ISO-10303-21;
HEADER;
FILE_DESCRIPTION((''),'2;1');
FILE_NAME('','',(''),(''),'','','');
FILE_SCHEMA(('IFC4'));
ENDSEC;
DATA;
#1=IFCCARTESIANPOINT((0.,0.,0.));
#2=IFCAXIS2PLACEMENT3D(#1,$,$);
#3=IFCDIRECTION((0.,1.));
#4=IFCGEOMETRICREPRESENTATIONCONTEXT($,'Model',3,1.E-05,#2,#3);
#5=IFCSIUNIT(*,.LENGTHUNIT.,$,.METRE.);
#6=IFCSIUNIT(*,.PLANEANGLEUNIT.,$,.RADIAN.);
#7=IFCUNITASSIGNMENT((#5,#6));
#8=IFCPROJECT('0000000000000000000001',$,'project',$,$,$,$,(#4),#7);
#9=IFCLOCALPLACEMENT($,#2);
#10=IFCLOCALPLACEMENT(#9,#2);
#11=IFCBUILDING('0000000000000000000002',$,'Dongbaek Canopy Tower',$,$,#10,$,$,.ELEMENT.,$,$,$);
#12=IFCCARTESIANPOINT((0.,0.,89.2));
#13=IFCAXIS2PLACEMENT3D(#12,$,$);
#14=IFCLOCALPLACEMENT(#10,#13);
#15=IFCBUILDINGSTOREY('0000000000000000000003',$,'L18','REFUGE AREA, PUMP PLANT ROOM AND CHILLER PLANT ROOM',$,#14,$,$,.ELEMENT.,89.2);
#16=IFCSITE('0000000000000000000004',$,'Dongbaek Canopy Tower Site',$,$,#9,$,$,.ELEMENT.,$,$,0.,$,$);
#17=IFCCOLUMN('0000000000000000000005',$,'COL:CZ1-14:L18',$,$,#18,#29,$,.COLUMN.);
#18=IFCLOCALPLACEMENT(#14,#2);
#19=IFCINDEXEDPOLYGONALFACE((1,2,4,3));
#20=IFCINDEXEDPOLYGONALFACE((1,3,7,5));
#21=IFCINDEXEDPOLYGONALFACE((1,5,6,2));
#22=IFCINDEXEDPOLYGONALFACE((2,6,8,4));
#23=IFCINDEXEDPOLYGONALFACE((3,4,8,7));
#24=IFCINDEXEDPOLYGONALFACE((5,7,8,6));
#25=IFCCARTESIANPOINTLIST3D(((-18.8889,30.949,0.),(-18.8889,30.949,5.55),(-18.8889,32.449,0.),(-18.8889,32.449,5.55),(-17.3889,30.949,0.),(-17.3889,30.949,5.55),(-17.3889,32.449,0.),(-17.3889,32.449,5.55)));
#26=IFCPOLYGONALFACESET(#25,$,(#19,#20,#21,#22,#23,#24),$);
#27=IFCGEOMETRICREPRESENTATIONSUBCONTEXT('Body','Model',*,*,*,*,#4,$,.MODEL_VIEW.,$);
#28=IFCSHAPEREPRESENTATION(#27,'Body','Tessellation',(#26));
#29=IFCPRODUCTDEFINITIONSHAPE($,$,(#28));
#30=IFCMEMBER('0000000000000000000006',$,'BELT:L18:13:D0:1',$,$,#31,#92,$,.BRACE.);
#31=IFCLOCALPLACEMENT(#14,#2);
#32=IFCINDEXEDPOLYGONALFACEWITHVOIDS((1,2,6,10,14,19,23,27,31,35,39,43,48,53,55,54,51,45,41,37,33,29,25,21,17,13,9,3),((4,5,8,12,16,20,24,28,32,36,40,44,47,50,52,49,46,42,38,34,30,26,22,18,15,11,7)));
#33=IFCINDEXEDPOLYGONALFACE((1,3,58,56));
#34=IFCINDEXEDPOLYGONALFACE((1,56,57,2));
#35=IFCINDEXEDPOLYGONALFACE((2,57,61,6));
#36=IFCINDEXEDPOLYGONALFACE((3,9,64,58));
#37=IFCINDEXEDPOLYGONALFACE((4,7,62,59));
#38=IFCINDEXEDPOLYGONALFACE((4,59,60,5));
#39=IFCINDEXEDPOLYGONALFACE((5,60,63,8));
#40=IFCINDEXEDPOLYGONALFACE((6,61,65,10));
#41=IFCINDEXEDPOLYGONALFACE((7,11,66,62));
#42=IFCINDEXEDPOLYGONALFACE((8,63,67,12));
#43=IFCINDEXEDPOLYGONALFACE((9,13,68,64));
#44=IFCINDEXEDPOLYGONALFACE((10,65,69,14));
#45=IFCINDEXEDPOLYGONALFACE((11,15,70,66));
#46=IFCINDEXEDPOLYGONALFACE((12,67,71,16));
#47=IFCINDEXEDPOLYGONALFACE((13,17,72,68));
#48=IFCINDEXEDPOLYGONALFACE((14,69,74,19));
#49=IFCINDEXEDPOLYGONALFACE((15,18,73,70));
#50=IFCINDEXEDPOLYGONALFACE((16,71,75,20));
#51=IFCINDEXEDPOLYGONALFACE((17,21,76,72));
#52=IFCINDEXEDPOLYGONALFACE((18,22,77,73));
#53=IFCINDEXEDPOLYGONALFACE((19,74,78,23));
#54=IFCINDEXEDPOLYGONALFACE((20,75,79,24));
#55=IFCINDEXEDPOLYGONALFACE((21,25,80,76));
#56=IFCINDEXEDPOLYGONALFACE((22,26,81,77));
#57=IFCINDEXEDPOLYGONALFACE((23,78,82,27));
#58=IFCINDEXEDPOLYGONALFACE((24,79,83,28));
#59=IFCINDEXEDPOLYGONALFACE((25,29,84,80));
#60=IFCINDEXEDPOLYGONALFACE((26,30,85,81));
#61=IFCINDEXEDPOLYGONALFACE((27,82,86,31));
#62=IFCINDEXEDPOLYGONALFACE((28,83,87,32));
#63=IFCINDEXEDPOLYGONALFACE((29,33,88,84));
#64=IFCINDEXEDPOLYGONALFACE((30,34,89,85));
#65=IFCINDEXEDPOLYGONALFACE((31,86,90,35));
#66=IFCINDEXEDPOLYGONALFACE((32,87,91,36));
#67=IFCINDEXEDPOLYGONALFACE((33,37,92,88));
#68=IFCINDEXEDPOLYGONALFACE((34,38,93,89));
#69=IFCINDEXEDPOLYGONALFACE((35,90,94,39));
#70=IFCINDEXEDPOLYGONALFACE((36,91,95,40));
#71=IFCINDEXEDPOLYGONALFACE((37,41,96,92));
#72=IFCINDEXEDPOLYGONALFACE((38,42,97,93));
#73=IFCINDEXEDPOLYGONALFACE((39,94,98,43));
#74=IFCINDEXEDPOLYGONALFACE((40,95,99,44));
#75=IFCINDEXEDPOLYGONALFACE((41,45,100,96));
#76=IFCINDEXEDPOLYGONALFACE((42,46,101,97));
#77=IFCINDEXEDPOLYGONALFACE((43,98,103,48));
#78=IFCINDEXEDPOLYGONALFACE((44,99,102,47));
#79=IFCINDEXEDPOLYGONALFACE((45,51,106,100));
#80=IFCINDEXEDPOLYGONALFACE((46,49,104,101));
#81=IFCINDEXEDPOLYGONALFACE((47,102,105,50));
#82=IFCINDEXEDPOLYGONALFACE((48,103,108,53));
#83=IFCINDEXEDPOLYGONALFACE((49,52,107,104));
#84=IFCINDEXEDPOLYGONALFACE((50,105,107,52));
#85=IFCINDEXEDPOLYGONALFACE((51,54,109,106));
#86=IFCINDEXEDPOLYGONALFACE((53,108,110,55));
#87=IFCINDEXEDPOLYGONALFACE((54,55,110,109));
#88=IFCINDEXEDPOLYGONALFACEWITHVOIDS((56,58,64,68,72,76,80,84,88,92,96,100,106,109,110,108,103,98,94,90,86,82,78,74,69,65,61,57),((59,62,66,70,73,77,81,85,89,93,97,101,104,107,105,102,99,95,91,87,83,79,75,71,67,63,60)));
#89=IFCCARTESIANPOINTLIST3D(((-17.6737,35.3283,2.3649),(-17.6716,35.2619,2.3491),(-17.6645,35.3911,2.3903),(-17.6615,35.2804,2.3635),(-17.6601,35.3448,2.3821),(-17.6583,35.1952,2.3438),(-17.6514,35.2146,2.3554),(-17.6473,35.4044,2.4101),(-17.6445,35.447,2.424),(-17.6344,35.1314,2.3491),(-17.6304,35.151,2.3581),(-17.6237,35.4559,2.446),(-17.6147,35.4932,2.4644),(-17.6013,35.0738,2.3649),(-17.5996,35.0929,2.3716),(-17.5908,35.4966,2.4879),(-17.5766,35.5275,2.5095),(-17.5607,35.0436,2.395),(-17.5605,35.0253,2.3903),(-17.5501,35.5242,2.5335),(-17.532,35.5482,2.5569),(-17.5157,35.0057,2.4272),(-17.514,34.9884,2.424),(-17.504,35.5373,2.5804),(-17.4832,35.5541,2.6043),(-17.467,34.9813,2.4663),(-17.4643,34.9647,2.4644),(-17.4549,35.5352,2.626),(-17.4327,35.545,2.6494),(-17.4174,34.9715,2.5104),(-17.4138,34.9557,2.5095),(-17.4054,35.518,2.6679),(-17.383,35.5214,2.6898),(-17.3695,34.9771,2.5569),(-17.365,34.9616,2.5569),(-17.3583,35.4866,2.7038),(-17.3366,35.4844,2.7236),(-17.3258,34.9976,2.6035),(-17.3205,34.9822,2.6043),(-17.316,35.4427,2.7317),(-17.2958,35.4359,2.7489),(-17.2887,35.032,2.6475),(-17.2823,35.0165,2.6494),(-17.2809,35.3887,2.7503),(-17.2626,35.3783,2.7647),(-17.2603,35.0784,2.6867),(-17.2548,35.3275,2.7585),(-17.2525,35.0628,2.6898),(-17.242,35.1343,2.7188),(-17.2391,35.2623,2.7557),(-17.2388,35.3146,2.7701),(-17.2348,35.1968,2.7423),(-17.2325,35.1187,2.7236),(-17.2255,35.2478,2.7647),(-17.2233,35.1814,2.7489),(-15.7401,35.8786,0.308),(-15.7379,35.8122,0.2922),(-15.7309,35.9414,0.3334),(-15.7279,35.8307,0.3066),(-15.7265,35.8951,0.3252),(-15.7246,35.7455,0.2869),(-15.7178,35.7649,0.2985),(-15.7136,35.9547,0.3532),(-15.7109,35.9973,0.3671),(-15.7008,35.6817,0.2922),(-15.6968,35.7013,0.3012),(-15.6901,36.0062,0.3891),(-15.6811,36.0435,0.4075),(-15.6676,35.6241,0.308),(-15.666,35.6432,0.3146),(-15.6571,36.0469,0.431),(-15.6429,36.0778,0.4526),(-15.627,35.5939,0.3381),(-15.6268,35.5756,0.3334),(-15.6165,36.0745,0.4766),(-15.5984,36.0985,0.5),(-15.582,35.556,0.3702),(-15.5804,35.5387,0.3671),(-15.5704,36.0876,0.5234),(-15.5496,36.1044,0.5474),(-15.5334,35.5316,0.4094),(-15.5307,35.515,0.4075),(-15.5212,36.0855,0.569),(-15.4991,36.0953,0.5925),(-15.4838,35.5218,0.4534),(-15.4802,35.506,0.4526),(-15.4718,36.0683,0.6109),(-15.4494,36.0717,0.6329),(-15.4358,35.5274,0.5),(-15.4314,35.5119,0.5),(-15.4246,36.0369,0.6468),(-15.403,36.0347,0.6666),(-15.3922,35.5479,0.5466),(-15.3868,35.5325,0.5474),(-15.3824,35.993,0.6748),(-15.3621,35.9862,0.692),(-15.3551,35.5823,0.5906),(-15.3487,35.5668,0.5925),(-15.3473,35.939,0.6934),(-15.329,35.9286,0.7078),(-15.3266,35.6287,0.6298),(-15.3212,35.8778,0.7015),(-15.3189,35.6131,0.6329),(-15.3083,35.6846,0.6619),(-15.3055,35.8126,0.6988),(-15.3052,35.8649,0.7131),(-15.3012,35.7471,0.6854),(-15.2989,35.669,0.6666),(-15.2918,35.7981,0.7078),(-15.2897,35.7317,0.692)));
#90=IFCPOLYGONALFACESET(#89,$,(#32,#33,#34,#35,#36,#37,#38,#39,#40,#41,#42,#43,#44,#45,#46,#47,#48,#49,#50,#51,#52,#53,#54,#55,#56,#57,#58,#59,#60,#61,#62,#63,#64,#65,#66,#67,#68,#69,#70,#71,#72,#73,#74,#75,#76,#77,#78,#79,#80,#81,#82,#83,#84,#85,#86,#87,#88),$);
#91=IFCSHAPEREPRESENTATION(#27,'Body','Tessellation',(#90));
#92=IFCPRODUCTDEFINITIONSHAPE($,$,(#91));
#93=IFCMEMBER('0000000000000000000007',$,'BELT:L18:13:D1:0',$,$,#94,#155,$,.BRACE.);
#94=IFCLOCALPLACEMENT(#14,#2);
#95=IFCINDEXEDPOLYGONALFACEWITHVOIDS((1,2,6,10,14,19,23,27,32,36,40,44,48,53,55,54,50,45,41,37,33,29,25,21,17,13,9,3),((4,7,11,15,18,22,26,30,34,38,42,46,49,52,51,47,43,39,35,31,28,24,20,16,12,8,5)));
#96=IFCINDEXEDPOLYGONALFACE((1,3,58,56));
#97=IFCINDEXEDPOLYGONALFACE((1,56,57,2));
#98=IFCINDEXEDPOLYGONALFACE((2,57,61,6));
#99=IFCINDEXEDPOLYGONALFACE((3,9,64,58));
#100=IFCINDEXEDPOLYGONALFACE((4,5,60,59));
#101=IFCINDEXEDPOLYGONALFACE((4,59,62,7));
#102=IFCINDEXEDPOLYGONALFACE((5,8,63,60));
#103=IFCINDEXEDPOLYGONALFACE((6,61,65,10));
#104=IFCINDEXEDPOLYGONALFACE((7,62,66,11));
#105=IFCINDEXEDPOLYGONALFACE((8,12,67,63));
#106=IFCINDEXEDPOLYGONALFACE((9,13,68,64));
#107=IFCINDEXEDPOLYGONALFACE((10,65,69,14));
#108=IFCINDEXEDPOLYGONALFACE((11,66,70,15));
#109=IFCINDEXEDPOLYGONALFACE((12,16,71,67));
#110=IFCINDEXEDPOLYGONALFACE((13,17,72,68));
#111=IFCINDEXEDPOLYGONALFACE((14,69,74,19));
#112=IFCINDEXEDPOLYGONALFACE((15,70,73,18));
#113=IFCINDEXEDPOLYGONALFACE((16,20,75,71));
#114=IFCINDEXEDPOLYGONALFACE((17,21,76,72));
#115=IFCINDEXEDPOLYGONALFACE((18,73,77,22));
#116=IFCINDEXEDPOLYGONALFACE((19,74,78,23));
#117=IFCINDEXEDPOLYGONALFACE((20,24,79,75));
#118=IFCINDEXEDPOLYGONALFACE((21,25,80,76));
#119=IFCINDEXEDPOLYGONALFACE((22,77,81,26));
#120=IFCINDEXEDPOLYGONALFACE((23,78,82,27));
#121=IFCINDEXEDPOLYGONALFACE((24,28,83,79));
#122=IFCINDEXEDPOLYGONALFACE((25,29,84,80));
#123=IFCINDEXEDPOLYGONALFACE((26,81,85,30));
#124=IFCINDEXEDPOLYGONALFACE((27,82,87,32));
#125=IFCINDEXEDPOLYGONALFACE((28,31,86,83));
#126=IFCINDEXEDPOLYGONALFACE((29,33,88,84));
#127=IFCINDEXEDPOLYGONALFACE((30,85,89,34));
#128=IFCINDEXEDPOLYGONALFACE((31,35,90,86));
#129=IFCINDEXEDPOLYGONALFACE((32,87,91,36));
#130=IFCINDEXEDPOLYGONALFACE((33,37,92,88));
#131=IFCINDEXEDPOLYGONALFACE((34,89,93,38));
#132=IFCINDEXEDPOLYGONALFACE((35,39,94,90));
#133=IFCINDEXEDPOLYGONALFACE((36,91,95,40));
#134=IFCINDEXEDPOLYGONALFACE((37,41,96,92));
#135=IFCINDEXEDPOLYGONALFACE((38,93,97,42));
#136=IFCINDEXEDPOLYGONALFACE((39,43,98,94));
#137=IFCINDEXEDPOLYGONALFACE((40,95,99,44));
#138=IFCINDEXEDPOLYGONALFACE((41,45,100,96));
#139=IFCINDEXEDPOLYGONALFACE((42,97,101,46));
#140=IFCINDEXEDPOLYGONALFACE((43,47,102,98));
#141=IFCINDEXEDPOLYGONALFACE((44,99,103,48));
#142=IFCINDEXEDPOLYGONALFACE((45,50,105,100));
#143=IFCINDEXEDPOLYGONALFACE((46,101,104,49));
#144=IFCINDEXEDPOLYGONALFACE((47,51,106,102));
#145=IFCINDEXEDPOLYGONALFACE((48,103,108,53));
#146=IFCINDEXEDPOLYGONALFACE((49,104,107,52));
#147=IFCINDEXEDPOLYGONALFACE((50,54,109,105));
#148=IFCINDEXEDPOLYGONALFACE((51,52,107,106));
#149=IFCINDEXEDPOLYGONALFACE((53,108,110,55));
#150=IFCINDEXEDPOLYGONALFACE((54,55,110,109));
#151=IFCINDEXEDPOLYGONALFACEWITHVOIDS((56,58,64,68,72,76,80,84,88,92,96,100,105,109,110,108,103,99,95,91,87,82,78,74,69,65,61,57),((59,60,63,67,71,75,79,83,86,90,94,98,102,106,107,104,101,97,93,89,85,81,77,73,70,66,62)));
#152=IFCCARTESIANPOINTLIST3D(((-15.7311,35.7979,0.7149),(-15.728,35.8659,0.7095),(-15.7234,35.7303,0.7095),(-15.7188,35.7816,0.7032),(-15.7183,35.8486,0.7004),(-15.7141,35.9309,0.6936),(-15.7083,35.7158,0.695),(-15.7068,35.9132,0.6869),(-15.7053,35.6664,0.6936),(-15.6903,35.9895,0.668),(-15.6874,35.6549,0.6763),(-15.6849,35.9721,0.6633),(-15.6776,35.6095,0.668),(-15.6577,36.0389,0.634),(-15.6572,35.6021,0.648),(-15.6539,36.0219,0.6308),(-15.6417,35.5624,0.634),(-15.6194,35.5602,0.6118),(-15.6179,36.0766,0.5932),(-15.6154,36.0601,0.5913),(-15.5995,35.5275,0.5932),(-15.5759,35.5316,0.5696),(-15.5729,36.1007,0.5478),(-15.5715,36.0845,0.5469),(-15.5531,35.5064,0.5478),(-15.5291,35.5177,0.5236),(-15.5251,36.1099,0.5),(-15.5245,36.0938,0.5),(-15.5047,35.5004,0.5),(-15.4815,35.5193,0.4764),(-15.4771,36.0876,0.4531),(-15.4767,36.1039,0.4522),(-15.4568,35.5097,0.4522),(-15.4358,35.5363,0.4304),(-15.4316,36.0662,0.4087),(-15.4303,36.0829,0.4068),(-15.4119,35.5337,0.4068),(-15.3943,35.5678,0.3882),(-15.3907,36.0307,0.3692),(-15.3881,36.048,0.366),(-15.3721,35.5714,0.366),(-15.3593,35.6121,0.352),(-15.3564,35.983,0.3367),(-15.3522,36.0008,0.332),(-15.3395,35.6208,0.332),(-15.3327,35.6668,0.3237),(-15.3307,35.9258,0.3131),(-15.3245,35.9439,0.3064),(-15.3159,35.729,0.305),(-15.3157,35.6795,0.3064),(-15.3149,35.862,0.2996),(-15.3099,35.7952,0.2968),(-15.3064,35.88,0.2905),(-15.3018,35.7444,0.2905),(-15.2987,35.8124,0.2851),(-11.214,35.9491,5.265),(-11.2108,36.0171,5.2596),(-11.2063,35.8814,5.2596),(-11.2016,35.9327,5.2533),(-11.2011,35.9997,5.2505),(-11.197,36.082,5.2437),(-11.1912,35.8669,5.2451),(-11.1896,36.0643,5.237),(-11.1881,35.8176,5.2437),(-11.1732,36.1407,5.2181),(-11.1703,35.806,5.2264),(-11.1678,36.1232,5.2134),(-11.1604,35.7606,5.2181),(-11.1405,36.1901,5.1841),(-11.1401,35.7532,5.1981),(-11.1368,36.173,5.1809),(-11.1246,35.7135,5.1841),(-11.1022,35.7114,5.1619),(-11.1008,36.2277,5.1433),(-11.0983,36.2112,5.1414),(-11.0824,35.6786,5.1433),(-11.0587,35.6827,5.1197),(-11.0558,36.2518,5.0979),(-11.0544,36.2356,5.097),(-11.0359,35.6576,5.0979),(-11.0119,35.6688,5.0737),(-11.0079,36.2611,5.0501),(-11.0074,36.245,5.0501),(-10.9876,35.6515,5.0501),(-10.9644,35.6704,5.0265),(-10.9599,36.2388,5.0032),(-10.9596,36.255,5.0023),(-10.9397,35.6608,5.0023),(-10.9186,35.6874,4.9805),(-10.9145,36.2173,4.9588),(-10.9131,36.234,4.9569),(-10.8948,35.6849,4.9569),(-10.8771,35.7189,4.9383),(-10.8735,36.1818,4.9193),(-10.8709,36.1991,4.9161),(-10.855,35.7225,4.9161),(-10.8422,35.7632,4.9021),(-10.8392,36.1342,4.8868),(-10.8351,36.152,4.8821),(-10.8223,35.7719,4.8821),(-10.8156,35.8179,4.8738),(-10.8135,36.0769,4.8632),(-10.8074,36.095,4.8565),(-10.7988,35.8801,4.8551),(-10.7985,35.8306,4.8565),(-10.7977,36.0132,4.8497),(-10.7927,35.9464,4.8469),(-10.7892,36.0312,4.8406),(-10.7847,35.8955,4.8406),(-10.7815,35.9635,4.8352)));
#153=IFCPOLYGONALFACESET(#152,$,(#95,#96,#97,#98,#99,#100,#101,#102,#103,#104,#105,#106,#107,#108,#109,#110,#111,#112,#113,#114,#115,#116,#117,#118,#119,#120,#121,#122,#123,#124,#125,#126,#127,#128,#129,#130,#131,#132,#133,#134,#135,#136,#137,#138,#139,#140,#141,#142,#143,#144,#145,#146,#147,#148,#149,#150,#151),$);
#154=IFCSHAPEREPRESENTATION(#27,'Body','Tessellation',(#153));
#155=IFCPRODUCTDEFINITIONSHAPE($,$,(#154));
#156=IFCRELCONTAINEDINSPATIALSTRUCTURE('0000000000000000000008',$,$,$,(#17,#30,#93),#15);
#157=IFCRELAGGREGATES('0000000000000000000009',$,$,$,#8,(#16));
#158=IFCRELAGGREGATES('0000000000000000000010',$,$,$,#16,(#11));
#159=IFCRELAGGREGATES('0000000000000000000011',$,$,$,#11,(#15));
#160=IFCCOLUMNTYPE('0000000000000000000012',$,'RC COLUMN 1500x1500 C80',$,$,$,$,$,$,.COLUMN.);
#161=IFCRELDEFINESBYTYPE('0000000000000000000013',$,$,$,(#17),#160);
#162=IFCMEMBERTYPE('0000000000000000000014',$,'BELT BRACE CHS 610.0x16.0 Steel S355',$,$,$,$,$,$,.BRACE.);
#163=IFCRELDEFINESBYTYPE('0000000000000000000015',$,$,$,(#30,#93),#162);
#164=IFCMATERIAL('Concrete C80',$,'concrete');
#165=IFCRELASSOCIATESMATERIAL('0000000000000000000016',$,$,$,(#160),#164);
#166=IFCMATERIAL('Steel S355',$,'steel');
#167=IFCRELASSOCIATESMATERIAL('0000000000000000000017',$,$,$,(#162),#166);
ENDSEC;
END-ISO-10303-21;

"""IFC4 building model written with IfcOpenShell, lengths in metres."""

from ifc_helpers import new_model, si_unit, direction, frame, origin, origin_2d, place, context, subcontext, project, spatial, rectangle, hollow_circle, extrude, material, material_profile, profile_set, type_object, element, save


model = new_model("IFC4")

# Units and contexts
model_context = context("Model", 3, precision=1e-05, world=origin(), true_north=direction((0.0, 1.0)))
body_context = subcontext(model_context, "Body", "Model", "MODEL_VIEW")
ifc_project = project(units=[si_unit("LENGTHUNIT", "METRE"), si_unit("PLANEANGLEUNIT", "RADIAN")], contexts=[model_context])

# Site, building, storey
site_placement = place(None, origin())
site = spatial("IfcSite", under=ifc_project, at=site_placement, Name="Dongbaek Canopy Tower Site", CompositionType="ELEMENT", RefElevation=0.0)
building_placement = place(site_placement, origin())
building = spatial("IfcBuilding", under=site, at=building_placement, Name="Dongbaek Canopy Tower", CompositionType="ELEMENT")
storey_placement = place(building_placement, frame((0.0, 0.0, 89.2)))
storey = spatial("IfcBuildingStorey", under=building, at=storey_placement, Name="L18", Description="REFUGE AREA, PUMP PLANT ROOM AND CHILLER PLANT ROOM", CompositionType="ELEMENT", Elevation=89.2)

# Column
ifc_material_1 = material(Name="Concrete C80", Category="concrete")
ifc_material_profile_1 = material_profile(ifc_material_1, rectangle(XDim=1.5, YDim=1.5, at=origin_2d()), Name="RC COLUMN 1500x1500 C80")
ifc_profile_set_1 = profile_set([ifc_material_profile_1], Name="Concrete C80")
column_type = type_object("IfcColumnType", Name="RC COLUMN 1500x1500 C80", PredefinedType="COLUMN", material=ifc_profile_set_1)
column_placement = place(storey_placement, frame((-18.1389, 31.699, 0.0), z_axis=(0.0, 0.0, 1.0), x_axis=(1.0, 0.0, 0.0)))
element("IfcColumn", 1, at=column_placement, inside=storey, type_object=column_type, Name="COL:CZ1-14:L18", PredefinedType="COLUMN", context=body_context, shape_type="SweptSolid", body=[
    extrude(rectangle(XDim=1.5, YDim=1.5, at=origin_2d()), origin(), (0.0, 0.0, 1.0), 5.55),
])

# Members
ifc_material_2 = material(Name="Steel S355", Category="steel")
ifc_material_profile_2 = material_profile(ifc_material_2, hollow_circle(Radius=0.3049, WallThickness=0.0161, at=origin_2d()), Name="BELT BRACE CHS 610.0x16.0 Steel S355")
ifc_profile_set_2 = profile_set([ifc_material_profile_2], Name="Steel S355")
member_type_1 = type_object("IfcMemberType", Name="BELT BRACE CHS 610.0x16.0 Steel S355", PredefinedType="BRACE", material=ifc_profile_set_2)
member_1_placement = place(storey_placement, frame((-15.5149, 35.8052, 0.5), z_axis=(-0.67228, -0.191328, 0.715146), x_axis=(0.273727, -0.961808, 0.0)))
element("IfcMember", 2, at=member_1_placement, inside=storey, type_object=member_type_1, Name="BELT:L18:13:D0:1", PredefinedType="BRACE", context=body_context, shape_type="SweptSolid", body=[
    extrude(hollow_circle(Radius=0.3049, WallThickness=0.0161, at=origin_2d()), origin(), (0.0, 0.0, 1.0), 2.8762),
])
member_2_placement = place(storey_placement, frame((-15.5149, 35.8052, 0.5), z_axis=(0.704336, 0.023564, 0.709475), x_axis=(-0.033437, 0.999441, 0.0)))
element("IfcMember", 3, at=member_2_placement, inside=storey, type_object=member_type_1, Name="BELT:L18:13:D1:0", PredefinedType="BRACE", context=body_context, shape_type="SweptSolid", body=[
    extrude(hollow_circle(Radius=0.3049, WallThickness=0.0161, at=origin_2d()), origin(), (0.0, 0.0, 1.0), 6.4133),
])

save(model, "model.ifc")
